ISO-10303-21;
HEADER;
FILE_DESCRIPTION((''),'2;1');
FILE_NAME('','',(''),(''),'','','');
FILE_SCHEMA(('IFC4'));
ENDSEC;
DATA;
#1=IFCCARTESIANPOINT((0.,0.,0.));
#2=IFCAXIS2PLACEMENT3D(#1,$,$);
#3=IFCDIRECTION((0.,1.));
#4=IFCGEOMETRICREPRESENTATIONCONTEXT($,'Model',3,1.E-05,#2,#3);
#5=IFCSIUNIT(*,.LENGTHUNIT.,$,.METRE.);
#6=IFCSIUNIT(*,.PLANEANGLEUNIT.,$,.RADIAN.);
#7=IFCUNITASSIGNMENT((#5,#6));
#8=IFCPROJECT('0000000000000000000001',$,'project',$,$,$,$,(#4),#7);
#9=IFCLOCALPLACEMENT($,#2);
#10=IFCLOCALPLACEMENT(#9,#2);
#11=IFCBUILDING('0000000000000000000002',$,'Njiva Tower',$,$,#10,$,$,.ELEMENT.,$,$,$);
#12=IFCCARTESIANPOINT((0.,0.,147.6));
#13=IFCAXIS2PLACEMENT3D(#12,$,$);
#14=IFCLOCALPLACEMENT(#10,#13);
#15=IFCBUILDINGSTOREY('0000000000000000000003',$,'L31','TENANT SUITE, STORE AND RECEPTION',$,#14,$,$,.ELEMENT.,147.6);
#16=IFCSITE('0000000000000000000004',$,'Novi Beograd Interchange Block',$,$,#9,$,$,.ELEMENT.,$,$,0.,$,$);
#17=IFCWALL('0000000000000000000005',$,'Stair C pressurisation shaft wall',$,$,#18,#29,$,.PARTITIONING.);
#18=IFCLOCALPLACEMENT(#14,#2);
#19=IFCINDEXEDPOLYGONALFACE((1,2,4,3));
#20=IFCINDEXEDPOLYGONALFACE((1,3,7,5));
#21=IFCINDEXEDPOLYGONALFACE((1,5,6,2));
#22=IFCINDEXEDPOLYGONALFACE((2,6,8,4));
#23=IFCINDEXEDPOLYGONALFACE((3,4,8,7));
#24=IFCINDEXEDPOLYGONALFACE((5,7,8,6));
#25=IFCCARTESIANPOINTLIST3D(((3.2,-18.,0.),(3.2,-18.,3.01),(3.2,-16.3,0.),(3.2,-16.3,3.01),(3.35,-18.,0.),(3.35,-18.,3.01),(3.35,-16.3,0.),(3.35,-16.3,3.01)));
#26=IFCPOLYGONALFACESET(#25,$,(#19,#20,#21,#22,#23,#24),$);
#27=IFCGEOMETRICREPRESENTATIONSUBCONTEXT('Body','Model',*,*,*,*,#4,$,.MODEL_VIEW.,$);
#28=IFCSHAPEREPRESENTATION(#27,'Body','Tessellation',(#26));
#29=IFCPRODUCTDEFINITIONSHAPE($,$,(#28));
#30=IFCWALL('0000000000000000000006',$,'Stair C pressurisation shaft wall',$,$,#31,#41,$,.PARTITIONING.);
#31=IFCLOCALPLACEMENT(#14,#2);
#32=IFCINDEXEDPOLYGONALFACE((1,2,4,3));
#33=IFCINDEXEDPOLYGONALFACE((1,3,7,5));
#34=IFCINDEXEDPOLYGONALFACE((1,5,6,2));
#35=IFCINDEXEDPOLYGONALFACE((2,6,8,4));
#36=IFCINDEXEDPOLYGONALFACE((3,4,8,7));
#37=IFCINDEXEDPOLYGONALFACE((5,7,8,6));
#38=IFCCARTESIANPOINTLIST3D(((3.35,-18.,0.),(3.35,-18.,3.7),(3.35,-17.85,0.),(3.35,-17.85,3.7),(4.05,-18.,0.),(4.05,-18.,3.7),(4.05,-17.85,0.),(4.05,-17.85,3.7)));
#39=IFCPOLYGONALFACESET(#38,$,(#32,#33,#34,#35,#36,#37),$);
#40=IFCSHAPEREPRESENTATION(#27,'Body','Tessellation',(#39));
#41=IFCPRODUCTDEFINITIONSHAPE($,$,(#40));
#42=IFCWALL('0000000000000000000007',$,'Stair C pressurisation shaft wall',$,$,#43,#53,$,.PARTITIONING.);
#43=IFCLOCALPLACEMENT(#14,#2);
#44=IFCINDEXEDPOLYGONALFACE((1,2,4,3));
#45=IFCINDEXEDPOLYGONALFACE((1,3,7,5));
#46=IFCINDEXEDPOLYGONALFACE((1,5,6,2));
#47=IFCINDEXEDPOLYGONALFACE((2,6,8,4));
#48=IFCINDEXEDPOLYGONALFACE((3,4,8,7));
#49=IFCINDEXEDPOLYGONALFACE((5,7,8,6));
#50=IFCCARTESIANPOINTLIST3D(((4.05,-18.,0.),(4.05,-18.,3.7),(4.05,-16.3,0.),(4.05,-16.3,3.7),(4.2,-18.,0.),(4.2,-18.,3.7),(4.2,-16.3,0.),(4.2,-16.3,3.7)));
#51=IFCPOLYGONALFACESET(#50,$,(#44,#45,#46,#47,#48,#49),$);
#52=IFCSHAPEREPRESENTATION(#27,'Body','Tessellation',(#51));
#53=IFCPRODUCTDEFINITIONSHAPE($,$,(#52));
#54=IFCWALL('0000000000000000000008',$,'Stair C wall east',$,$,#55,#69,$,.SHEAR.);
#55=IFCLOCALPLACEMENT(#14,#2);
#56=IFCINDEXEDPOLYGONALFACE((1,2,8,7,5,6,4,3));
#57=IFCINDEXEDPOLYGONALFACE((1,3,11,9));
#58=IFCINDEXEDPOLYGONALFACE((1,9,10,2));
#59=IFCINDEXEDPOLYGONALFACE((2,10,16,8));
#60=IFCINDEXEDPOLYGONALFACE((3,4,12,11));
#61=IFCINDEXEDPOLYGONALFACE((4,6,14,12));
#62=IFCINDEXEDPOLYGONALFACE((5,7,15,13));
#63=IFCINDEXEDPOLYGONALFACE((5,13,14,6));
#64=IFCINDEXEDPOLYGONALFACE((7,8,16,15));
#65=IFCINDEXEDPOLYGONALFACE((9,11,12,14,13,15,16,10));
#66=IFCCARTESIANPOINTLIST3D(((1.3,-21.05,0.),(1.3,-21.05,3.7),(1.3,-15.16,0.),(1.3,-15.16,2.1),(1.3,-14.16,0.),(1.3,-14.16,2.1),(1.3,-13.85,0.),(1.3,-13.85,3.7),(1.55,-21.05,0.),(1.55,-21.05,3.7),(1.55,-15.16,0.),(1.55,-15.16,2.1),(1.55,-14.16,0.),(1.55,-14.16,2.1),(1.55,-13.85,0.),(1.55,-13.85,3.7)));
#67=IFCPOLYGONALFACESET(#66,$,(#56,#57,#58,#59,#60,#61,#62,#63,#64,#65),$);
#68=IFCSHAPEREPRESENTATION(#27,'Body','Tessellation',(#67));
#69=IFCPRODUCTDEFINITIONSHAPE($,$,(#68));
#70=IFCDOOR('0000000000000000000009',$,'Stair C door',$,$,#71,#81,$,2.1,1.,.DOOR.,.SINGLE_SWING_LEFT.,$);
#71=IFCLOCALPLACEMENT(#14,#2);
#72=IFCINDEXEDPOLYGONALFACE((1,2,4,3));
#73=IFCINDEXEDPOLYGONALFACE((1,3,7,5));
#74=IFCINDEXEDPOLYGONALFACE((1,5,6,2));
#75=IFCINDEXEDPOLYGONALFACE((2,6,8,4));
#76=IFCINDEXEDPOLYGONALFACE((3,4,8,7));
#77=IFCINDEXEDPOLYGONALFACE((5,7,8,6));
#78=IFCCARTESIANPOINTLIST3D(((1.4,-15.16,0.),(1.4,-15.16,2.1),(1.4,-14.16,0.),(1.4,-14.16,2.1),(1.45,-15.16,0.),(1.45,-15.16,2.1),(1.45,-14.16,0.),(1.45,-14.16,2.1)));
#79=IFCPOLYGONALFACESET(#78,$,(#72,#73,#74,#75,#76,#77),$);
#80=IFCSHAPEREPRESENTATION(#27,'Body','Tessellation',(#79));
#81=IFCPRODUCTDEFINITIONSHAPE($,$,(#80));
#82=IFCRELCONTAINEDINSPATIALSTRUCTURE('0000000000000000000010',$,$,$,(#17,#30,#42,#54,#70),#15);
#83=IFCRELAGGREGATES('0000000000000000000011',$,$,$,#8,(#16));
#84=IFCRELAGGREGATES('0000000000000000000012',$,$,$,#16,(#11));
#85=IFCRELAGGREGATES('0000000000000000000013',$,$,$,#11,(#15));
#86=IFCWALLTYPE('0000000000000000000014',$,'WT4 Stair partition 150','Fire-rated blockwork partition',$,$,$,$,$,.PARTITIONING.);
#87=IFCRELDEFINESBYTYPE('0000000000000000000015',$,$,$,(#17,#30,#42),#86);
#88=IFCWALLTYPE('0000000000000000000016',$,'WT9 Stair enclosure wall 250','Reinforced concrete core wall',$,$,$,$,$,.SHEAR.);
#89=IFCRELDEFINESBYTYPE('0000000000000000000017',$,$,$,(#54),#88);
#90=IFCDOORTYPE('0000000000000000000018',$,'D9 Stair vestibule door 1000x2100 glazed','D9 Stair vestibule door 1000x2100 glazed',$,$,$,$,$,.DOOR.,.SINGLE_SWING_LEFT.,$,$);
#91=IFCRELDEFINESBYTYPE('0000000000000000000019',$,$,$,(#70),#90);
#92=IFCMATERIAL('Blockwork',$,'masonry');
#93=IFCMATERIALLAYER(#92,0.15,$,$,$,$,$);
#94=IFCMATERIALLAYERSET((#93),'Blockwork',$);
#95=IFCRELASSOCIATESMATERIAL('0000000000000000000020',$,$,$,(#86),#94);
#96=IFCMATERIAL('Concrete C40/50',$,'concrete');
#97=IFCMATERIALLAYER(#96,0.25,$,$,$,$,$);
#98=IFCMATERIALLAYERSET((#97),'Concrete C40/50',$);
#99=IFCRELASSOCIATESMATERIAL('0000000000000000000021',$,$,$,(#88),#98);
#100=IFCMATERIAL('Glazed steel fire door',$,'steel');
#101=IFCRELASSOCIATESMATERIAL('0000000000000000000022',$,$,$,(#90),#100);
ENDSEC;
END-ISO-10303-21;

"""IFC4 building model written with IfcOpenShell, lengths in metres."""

from ifc_helpers import new_model, si_unit, direction, frame, frame_2d, origin, place, context, subcontext, project, spatial, rectangle, extrude, material, layer, layer_set, type_object, element, fill, save


model = new_model("IFC4")

# Units and contexts
model_context = context("Model", 3, precision=1e-05, world=origin(), true_north=direction((0.0, 1.0)))
body_context = subcontext(model_context, "Body", "Model", "MODEL_VIEW")
ifc_project = project(units=[si_unit("LENGTHUNIT", "METRE"), si_unit("PLANEANGLEUNIT", "RADIAN")], contexts=[model_context])

# Site, building, storey
site_placement = place(None, origin())
site = spatial("IfcSite", under=ifc_project, at=site_placement, Name="Novi Beograd Interchange Block", CompositionType="ELEMENT", RefElevation=0.0)
building_placement = place(site_placement, origin())
building = spatial("IfcBuilding", under=site, at=building_placement, Name="Njiva Tower", CompositionType="ELEMENT")
storey_placement = place(building_placement, frame((0.0, 0.0, 147.6)))
storey = spatial("IfcBuildingStorey", under=building, at=storey_placement, Name="L31", Description="TENANT SUITE, STORE AND RECEPTION", CompositionType="ELEMENT", Elevation=147.6)

# Walls
ifc_material_1 = material(Name="Blockwork", Category="masonry")
ifc_layer_1 = layer(ifc_material_1, 0.15)
ifc_layer_set_1 = layer_set([ifc_layer_1], Name="Blockwork")
wall_type_1 = type_object("IfcWallType", Name="WT4 Stair partition 150", Description="Fire-rated blockwork partition", PredefinedType="PARTITIONING", material=ifc_layer_set_1)
wall_1_placement = place(storey_placement, frame((3.275, -18.0, 0.0), z_axis=(0.0, 0.0, 1.0), x_axis=(0.0, 1.0, 0.0)))
element("IfcWall", 1, at=wall_1_placement, inside=storey, type_object=wall_type_1, Name="Stair C pressurisation shaft wall", PredefinedType="PARTITIONING", context=body_context, shape_type="SweptSolid", body=[
    extrude(rectangle(XDim=1.7, YDim=0.15, at=frame_2d((0.85, 0.0))), origin(), (0.0, 0.0, 1.0), 3.01),
])
wall_2_placement = place(storey_placement, frame((3.35, -17.925, 0.0), z_axis=(0.0, 0.0, 1.0), x_axis=(1.0, 0.0, 0.0)))
element("IfcWall", 2, at=wall_2_placement, inside=storey, type_object=wall_type_1, Name="Stair C pressurisation shaft wall", PredefinedType="PARTITIONING", context=body_context, shape_type="SweptSolid", body=[
    extrude(rectangle(XDim=0.7, YDim=0.15, at=frame_2d((0.35, 0.0))), origin(), (0.0, 0.0, 1.0), 3.7),
])
wall_3_placement = place(storey_placement, frame((4.125, -18.0, 0.0), z_axis=(0.0, 0.0, 1.0), x_axis=(0.0, 1.0, 0.0)))
element("IfcWall", 3, at=wall_3_placement, inside=storey, type_object=wall_type_1, Name="Stair C pressurisation shaft wall", PredefinedType="PARTITIONING", context=body_context, shape_type="SweptSolid", body=[
    extrude(rectangle(XDim=1.7, YDim=0.15, at=frame_2d((0.85, 0.0))), origin(), (0.0, 0.0, 1.0), 3.7),
])

# Wall, opening, door
ifc_material_2 = material(Name="Concrete C40/50", Category="concrete")
ifc_layer_2 = layer(ifc_material_2, 0.25)
ifc_layer_set_2 = layer_set([ifc_layer_2], Name="Concrete C40/50")
wall_type_2 = type_object("IfcWallType", Name="WT9 Stair enclosure wall 250", Description="Reinforced concrete core wall", PredefinedType="SHEAR", material=ifc_layer_set_2)
wall_4_placement = place(storey_placement, frame((1.425, -21.05, 0.0), z_axis=(0.0, 0.0, 1.0), x_axis=(0.0, 1.0, 0.0)))
wall_4 = element("IfcWall", 4, at=wall_4_placement, inside=storey, type_object=wall_type_2, Name="Stair C wall east", PredefinedType="SHEAR", context=body_context, shape_type="SweptSolid", body=[
    extrude(rectangle(XDim=7.2, YDim=0.25, at=frame_2d((3.6, 0.0))), origin(), (0.0, 0.0, 1.0), 3.7),
])
opening_1_placement = place(wall_4_placement, frame((5.89, 0.0, 0.0)))
opening_1 = element("IfcOpeningElement", 5, at=opening_1_placement, cuts=wall_4, PredefinedType="OPENING", context=body_context, shape_type="SweptSolid", body=[
    extrude(rectangle(XDim=1.0, YDim=2.1, at=frame_2d((0.5, 1.05))), frame((0.0, 0.135, 0.0), z_axis=(0.0, -1.0, 0.0), x_axis=(1.0, 0.0, 0.0)), (0.0, 0.0, 1.0), 0.27),
])
ifc_material_3 = material(Name="Glazed steel fire door", Category="steel")
door_type = type_object("IfcDoorType", Name="D9 Stair vestibule door 1000x2100 glazed", Description="D9 Stair vestibule door 1000x2100 glazed", OperationType="SINGLE_SWING_LEFT", PredefinedType="DOOR", material=ifc_material_3)
door_placement = place(opening_1_placement, origin())
door = element("IfcDoor", 6, at=door_placement, inside=storey, type_object=door_type, Name="Stair C door", OperationType="SINGLE_SWING_LEFT", OverallHeight=2.1, OverallWidth=1.0, PredefinedType="DOOR", context=body_context, shape_type="SweptSolid", body=[
    extrude(rectangle(XDim=1.0, YDim=2.1, at=frame_2d((0.5, 1.05))), frame((0.0, 0.025, 0.0), z_axis=(0.0, -1.0, 0.0), x_axis=(1.0, 0.0, 0.0)), (0.0, 0.0, 1.0), 0.05),
])
fill(opening_1, door)

save(model, "model.ifc")
